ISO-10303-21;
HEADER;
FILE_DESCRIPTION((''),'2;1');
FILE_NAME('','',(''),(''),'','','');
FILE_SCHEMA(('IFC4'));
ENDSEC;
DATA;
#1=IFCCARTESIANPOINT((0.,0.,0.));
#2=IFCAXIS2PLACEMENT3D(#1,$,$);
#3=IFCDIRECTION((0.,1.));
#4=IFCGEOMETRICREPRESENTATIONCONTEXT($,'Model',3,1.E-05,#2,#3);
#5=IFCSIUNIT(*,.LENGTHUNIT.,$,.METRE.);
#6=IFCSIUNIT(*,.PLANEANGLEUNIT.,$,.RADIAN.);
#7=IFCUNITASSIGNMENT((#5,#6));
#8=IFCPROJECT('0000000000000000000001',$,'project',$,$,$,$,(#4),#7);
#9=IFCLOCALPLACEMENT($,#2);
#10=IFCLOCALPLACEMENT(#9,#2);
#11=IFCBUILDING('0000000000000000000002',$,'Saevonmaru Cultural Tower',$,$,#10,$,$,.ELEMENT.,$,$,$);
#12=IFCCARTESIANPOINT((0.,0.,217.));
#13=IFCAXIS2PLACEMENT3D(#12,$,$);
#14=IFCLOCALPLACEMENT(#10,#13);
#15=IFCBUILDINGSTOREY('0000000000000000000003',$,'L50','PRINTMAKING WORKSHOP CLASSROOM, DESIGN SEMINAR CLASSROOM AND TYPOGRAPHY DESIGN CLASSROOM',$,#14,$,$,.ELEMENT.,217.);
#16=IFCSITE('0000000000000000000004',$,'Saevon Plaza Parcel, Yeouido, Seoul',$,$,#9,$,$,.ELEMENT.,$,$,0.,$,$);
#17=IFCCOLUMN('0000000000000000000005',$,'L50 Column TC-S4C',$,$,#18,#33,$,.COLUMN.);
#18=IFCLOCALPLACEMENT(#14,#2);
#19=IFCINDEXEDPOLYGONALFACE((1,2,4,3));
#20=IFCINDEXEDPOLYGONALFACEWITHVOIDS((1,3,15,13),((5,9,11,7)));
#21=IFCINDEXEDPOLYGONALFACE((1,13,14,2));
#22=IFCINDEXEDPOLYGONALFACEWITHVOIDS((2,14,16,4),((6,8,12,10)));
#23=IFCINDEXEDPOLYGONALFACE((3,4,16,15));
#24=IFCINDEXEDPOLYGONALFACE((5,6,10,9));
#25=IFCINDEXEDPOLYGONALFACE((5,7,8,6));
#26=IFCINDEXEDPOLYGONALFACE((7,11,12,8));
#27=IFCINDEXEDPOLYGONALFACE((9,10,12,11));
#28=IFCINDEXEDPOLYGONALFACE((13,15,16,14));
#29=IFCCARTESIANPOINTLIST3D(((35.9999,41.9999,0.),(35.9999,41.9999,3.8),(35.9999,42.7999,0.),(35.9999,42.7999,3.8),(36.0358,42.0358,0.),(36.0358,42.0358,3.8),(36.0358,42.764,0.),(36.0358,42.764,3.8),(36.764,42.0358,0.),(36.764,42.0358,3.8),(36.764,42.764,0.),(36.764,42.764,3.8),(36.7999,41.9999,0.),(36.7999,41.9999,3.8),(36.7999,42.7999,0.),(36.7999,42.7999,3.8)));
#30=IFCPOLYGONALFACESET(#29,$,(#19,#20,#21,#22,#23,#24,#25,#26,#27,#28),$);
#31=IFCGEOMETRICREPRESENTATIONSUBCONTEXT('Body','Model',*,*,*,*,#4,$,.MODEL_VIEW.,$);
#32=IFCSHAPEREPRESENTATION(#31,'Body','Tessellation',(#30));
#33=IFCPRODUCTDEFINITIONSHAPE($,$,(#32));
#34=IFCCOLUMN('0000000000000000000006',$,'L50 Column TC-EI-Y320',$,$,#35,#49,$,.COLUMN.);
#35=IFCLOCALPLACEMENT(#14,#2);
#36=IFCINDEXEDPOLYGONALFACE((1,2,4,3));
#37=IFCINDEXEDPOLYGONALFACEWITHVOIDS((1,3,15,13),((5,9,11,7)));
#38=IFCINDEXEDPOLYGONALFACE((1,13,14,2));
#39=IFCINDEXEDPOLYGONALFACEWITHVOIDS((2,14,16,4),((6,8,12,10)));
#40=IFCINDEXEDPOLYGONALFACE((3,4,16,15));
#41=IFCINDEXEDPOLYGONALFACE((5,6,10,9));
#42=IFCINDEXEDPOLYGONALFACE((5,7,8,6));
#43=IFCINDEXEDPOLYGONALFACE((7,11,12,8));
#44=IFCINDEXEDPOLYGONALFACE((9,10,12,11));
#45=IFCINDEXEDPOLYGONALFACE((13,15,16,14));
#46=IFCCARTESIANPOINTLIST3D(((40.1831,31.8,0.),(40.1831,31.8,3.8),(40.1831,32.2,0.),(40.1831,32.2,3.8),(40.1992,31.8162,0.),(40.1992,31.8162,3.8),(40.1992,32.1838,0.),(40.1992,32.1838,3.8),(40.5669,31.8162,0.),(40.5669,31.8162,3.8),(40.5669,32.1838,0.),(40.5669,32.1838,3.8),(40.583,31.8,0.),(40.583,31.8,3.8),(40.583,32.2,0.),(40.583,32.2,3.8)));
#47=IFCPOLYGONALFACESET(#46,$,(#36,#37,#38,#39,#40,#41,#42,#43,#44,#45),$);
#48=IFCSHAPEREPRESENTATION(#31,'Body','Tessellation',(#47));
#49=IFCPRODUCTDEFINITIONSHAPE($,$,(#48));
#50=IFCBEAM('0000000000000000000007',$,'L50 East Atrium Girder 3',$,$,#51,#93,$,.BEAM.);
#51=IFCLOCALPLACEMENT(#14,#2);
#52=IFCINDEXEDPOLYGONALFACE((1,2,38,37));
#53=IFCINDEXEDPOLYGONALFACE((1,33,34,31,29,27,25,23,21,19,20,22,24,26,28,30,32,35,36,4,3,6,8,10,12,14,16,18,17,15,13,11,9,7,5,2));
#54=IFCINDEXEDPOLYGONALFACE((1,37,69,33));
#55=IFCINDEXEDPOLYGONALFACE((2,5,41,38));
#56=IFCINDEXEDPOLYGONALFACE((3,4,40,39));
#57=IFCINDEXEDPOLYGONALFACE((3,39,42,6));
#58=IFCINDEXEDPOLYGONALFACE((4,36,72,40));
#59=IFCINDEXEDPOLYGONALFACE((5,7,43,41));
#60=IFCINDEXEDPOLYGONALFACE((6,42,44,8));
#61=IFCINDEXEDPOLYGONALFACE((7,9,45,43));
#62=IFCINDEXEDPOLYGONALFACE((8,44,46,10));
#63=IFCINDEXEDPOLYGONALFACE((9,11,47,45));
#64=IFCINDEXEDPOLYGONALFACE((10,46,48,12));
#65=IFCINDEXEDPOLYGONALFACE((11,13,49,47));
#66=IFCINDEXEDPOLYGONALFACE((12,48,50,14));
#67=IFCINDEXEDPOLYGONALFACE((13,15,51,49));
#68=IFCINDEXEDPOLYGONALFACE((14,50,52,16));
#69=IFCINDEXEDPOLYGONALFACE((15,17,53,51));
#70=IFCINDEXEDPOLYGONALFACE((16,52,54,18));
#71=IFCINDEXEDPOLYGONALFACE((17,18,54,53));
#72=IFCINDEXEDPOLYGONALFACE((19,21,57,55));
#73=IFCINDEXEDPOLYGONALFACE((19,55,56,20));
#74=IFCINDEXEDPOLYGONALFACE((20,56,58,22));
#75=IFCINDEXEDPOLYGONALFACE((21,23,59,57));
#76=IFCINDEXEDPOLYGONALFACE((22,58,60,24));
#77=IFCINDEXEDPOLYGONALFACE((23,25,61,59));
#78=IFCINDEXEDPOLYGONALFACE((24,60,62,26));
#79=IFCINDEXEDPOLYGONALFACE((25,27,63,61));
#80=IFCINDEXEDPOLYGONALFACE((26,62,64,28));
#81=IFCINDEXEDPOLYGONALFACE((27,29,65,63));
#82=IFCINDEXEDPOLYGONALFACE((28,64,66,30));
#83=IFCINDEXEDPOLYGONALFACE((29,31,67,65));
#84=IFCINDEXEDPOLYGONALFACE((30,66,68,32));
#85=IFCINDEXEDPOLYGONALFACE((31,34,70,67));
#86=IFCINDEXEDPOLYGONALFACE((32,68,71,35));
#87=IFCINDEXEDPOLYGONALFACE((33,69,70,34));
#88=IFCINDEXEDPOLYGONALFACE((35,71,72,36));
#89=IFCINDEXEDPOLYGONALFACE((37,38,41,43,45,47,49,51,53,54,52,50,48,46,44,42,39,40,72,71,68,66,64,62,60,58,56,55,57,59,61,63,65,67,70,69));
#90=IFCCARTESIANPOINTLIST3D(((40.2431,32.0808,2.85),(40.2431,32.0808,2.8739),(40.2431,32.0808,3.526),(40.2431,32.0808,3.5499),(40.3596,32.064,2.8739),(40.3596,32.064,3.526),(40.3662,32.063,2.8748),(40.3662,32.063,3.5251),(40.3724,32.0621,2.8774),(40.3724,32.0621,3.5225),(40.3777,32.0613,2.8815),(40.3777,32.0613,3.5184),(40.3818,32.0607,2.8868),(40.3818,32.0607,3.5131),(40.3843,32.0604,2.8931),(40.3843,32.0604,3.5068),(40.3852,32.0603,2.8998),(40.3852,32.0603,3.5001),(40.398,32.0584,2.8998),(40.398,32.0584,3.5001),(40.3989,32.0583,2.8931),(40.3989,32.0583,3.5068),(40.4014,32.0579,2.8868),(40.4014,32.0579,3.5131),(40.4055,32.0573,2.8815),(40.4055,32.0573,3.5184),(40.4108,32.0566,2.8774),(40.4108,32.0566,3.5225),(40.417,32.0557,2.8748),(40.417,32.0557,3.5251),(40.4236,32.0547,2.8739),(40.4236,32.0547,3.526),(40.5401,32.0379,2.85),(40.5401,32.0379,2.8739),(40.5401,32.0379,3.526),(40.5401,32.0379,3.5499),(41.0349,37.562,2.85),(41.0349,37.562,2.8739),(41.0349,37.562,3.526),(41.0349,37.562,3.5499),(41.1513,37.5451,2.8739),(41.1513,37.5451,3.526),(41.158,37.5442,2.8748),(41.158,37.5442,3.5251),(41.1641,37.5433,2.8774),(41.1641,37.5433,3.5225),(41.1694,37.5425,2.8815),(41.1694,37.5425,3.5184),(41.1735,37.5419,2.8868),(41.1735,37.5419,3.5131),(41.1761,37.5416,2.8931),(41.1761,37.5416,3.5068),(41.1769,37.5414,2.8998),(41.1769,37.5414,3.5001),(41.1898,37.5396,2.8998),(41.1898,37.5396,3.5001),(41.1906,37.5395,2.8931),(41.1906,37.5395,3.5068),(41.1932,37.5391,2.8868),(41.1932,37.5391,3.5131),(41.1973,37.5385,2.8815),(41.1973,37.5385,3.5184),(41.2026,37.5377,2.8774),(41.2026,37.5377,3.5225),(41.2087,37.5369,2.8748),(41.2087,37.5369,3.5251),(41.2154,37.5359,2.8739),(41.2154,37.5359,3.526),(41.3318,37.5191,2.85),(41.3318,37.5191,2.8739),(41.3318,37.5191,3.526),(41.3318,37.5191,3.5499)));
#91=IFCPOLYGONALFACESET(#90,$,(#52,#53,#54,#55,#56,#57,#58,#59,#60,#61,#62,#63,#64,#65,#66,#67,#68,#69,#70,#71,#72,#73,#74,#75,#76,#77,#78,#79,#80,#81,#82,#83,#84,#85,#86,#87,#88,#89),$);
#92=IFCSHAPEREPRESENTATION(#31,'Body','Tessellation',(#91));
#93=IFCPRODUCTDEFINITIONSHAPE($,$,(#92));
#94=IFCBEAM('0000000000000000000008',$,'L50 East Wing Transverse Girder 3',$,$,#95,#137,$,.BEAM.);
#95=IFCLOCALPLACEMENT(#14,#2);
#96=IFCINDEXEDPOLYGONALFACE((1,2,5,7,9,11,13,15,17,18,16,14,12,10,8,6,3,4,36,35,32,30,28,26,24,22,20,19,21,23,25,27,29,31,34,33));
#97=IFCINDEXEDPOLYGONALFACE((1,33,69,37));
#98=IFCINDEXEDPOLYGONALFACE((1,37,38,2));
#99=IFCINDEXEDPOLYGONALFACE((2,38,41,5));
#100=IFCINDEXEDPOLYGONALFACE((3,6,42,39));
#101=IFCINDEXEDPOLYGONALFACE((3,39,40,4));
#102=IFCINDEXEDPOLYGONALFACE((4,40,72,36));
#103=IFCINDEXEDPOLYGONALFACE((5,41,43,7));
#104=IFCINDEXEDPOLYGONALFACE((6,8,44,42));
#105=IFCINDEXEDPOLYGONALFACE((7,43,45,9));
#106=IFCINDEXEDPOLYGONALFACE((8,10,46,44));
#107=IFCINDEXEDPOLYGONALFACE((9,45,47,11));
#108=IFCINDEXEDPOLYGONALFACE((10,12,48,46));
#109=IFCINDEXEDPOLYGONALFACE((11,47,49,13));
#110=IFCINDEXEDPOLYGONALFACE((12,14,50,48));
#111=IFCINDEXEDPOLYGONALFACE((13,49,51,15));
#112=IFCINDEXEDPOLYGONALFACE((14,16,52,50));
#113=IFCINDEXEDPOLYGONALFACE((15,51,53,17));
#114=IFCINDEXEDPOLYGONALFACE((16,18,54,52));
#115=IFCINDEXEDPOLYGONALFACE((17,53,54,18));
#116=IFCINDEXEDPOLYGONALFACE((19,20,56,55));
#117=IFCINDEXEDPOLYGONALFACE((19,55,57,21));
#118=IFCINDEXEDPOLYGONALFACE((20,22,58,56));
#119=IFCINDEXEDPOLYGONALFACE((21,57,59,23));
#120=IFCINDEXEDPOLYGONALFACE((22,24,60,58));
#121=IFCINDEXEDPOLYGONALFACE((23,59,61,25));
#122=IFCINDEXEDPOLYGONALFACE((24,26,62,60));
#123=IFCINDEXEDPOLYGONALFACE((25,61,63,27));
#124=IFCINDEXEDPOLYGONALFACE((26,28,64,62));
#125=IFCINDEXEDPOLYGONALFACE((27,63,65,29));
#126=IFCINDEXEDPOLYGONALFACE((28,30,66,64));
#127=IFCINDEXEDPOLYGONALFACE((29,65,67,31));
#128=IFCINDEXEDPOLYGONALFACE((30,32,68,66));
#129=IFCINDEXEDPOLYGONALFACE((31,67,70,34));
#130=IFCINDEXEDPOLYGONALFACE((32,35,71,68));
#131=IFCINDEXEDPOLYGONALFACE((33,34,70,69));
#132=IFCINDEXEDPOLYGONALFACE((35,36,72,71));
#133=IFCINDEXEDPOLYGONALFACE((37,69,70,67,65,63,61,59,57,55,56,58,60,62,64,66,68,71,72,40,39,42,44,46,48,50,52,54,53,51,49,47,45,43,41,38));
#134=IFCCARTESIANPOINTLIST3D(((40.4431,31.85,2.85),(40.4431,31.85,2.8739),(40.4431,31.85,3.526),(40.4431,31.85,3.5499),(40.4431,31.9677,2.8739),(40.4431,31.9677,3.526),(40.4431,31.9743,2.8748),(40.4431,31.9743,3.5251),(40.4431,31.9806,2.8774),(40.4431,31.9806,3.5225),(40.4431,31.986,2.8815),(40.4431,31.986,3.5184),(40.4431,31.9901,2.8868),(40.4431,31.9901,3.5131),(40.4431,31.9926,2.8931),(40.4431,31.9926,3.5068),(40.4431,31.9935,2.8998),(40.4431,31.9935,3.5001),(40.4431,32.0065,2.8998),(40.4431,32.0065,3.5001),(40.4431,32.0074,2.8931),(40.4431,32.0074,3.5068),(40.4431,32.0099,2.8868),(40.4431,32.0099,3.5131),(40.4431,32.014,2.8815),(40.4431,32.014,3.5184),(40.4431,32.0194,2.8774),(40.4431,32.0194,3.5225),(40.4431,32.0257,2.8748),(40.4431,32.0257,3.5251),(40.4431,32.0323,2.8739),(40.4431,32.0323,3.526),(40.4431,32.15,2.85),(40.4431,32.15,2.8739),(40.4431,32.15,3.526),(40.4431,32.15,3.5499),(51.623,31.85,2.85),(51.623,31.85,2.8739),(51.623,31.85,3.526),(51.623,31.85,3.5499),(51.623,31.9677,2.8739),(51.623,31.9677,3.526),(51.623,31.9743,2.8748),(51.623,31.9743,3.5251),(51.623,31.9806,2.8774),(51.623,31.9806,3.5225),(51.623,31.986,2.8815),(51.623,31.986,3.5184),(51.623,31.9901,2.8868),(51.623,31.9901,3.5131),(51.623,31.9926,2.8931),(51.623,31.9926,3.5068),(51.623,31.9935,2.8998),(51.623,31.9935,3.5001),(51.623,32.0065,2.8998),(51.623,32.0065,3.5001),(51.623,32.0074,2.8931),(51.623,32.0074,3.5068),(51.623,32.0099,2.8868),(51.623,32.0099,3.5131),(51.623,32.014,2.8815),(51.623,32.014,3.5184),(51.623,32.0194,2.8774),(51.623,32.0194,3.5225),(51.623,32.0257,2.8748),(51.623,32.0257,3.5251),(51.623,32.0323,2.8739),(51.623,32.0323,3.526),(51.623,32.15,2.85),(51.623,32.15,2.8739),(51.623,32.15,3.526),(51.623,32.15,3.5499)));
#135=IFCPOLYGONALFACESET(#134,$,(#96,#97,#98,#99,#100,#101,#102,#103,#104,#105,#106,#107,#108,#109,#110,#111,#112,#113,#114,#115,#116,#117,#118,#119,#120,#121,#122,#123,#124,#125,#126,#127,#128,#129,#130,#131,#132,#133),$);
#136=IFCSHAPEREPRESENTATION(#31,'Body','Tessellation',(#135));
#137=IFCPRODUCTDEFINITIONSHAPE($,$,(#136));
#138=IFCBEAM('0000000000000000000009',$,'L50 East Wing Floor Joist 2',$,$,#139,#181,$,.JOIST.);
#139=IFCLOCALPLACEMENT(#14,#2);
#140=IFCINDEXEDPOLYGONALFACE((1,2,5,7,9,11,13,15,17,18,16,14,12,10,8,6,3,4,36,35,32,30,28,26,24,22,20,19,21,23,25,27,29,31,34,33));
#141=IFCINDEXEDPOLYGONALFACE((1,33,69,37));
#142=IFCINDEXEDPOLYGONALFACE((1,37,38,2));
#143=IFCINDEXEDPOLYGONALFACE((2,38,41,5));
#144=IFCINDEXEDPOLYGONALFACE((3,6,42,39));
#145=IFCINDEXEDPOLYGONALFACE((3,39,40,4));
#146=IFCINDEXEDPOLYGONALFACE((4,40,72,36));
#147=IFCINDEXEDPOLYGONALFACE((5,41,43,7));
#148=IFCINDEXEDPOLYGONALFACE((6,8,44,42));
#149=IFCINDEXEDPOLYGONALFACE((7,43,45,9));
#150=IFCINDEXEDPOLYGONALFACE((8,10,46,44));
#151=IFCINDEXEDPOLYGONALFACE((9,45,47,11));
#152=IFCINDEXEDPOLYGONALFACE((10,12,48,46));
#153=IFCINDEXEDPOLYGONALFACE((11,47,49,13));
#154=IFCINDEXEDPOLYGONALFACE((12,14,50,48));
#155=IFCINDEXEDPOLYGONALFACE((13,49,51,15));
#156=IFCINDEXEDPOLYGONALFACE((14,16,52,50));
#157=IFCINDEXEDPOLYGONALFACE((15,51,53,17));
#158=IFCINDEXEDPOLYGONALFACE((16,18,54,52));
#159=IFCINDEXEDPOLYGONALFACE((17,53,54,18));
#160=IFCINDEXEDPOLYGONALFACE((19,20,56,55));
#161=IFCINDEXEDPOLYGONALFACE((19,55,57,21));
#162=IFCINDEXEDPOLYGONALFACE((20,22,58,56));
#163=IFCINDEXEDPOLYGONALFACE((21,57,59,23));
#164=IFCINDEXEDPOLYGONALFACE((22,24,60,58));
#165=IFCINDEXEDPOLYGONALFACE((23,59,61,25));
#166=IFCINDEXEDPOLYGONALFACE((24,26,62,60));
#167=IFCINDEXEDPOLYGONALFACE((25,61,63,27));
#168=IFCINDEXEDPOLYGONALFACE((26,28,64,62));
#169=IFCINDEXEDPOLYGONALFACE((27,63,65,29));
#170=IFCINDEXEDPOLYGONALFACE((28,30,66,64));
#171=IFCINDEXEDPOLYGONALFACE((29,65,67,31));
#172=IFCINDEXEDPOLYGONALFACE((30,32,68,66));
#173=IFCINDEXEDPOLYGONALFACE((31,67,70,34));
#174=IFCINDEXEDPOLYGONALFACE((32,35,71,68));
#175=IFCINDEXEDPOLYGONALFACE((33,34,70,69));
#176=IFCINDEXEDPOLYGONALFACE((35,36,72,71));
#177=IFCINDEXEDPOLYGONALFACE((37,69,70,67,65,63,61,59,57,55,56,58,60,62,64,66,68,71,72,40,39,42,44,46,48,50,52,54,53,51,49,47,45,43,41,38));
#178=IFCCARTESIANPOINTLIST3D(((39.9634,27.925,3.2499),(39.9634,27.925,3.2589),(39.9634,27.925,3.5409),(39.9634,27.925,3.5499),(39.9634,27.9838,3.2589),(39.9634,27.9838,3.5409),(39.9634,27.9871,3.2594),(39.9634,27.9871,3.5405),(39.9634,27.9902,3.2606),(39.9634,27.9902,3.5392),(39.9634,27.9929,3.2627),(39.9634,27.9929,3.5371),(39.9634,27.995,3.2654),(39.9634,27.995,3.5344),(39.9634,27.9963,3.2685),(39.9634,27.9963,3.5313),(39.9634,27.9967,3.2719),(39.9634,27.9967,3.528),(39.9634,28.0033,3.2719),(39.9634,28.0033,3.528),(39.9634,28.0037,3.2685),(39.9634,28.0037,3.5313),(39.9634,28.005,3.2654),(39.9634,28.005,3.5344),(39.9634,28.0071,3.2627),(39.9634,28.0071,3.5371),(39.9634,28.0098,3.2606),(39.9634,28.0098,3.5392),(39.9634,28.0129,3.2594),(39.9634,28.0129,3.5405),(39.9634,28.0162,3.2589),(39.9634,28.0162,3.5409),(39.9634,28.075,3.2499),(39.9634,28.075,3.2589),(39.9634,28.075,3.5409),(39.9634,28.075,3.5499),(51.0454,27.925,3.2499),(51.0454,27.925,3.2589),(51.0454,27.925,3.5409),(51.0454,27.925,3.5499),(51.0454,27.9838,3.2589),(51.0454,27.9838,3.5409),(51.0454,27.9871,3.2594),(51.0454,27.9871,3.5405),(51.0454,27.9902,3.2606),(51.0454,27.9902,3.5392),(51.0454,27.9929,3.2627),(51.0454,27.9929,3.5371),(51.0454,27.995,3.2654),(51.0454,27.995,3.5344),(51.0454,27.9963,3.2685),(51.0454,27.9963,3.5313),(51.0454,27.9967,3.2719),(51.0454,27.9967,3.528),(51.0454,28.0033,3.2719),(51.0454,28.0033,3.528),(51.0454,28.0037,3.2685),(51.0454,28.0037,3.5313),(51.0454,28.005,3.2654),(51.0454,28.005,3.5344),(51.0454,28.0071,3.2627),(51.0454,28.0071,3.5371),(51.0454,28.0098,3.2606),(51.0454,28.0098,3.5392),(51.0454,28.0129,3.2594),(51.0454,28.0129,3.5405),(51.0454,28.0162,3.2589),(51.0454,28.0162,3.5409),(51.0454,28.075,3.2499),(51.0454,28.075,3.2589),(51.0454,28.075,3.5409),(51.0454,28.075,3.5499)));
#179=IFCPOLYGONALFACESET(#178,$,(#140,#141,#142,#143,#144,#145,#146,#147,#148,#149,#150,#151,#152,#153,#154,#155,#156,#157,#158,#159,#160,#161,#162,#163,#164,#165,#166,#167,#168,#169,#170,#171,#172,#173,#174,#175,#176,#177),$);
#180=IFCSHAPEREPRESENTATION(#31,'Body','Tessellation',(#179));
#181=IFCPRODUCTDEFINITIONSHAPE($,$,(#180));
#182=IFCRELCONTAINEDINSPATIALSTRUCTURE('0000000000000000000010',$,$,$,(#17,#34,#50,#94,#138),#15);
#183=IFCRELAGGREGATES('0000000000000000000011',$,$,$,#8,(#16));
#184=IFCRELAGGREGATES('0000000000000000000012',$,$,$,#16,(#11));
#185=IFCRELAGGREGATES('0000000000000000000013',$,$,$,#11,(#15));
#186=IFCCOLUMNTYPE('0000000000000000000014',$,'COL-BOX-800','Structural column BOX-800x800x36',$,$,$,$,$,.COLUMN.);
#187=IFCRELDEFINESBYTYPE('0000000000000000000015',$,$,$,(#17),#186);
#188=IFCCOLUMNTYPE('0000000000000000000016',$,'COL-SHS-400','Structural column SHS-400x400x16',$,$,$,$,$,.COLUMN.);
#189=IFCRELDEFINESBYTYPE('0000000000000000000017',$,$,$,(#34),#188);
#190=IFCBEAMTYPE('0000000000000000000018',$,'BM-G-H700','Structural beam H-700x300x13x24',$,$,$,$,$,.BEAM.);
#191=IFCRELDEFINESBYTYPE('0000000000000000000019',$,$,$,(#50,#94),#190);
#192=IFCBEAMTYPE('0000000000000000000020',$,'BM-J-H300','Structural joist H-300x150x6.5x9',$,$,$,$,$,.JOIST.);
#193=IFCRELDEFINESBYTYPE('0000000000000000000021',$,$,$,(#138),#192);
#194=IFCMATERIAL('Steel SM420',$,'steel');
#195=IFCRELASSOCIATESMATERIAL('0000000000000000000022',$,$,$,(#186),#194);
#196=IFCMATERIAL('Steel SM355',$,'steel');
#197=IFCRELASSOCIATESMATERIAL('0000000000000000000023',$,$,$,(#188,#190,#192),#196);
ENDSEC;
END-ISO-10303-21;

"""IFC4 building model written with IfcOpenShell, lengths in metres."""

from ifc_helpers import new_model, si_unit, direction, frame, origin, origin_2d, place, context, subcontext, project, spatial, hollow_rectangle, i_section, extrude, material, material_profile, profile_set, type_object, element, save


model = new_model("IFC4")

# Units and contexts
model_context = context("Model", 3, precision=1e-05, world=origin(), true_north=direction((0.0, 1.0)))
body_context = subcontext(model_context, "Body", "Model", "MODEL_VIEW")
ifc_project = project(units=[si_unit("LENGTHUNIT", "METRE"), si_unit("PLANEANGLEUNIT", "RADIAN")], contexts=[model_context])

# Site, building, storey
site_placement = place(None, origin())
site = spatial("IfcSite", under=ifc_project, at=site_placement, Name="Saevon Plaza Parcel, Yeouido, Seoul", CompositionType="ELEMENT", RefElevation=0.0)
building_placement = place(site_placement, origin())
building = spatial("IfcBuilding", under=site, at=building_placement, Name="Saevonmaru Cultural Tower", CompositionType="ELEMENT")
storey_placement = place(building_placement, frame((0.0, 0.0, 217.0)))
storey = spatial("IfcBuildingStorey", under=building, at=storey_placement, Name="L50", Description="PRINTMAKING WORKSHOP CLASSROOM, DESIGN SEMINAR CLASSROOM AND TYPOGRAPHY DESIGN CLASSROOM", CompositionType="ELEMENT", Elevation=217.0)

# Columns
ifc_material_1 = material(Name="Steel SM420", Category="steel")
ifc_material_profile_1 = material_profile(ifc_material_1, hollow_rectangle(XDim=0.8, YDim=0.8, WallThickness=0.0359, at=origin_2d()), Name="BOX-800x800x36")
ifc_profile_set_1 = profile_set([ifc_material_profile_1], Name="Steel SM420")
column_type_1 = type_object("IfcColumnType", Name="COL-BOX-800", Description="Structural column BOX-800x800x36", PredefinedType="COLUMN", material=ifc_profile_set_1)
column_1_placement = place(storey_placement, frame((36.3999, 42.3999, 0.0), z_axis=(0.0, 0.0, 1.0), x_axis=(1.0, 0.0, 0.0)))
element("IfcColumn", 1, at=column_1_placement, inside=storey, type_object=column_type_1, Name="L50 Column TC-S4C", PredefinedType="COLUMN", context=body_context, shape_type="SweptSolid", body=[
    extrude(hollow_rectangle(XDim=0.8, YDim=0.8, WallThickness=0.0359, at=origin_2d()), origin(), (0.0, 0.0, 1.0), 3.8),
])
ifc_material_2 = material(Name="Steel SM355", Category="steel")
ifc_material_profile_2 = material_profile(ifc_material_2, hollow_rectangle(XDim=0.3999, YDim=0.3999, WallThickness=0.0161, at=origin_2d()), Name="SHS-400x400x16")
ifc_profile_set_2 = profile_set([ifc_material_profile_2], Name="Steel SM355")
column_type_2 = type_object("IfcColumnType", Name="COL-SHS-400", Description="Structural column SHS-400x400x16", PredefinedType="COLUMN", material=ifc_profile_set_2)
column_2_placement = place(storey_placement, frame((40.3831, 32.0, 0.0), z_axis=(0.0, 0.0, 1.0), x_axis=(1.0, 0.0, 0.0)))
element("IfcColumn", 2, at=column_2_placement, inside=storey, type_object=column_type_2, Name="L50 Column TC-EI-Y320", PredefinedType="COLUMN", context=body_context, shape_type="SweptSolid", body=[
    extrude(hollow_rectangle(XDim=0.3999, YDim=0.3999, WallThickness=0.0161, at=origin_2d()), origin(), (0.0, 0.0, 1.0), 3.8),
])

# Beams
ifc_material_profile_3 = material_profile(ifc_material_2, i_section(OverallWidth=0.3, OverallDepth=0.7, WebThickness=0.0129, FlangeThickness=0.0239, FilletRadius=0.0259, at=origin_2d()), Name="H-700x300x13x24")
ifc_profile_set_3 = profile_set([ifc_material_profile_3], Name="Steel SM355")
beam_type_1 = type_object("IfcBeamType", Name="BM-G-H700", Description="Structural beam H-700x300x13x24", PredefinedType="BEAM", material=ifc_profile_set_3)
beam_1_placement = place(storey_placement, frame((40.3916, 32.0593, 3.2), z_axis=(0.142964, 0.989728, 0.0), x_axis=(-0.989728, 0.142964, 0.0)))
element("IfcBeam", 3, at=beam_1_placement, inside=storey, type_object=beam_type_1, Name="L50 East Atrium Girder 3", PredefinedType="BEAM", context=body_context, shape_type="SweptSolid", body=[
    extrude(i_section(OverallWidth=0.3, OverallDepth=0.7, WebThickness=0.0129, FlangeThickness=0.0239, FilletRadius=0.0259, at=origin_2d()), origin(), (0.0, 0.0, 1.0), 5.5381),
])
beam_2_placement = place(storey_placement, frame((40.4431, 32.0, 3.2), z_axis=(1.0, 0.0, 0.0), x_axis=(0.0, 1.0, 0.0)))
element("IfcBeam", 4, at=beam_2_placement, inside=storey, type_object=beam_type_1, Name="L50 East Wing Transverse Girder 3", PredefinedType="BEAM", context=body_context, shape_type="SweptSolid", body=[
    extrude(i_section(OverallWidth=0.3, OverallDepth=0.7, WebThickness=0.0129, FlangeThickness=0.0239, FilletRadius=0.0259, at=origin_2d()), origin(), (0.0, 0.0, 1.0), 11.1799),
])
ifc_material_profile_4 = material_profile(ifc_material_2, i_section(OverallWidth=0.1499, OverallDepth=0.3, WebThickness=0.0066, FlangeThickness=0.009, FilletRadius=0.0129, at=origin_2d()), Name="H-300x150x6.5x9")
ifc_profile_set_4 = profile_set([ifc_material_profile_4], Name="Steel SM355")
beam_type_2 = type_object("IfcBeamType", Name="BM-J-H300", Description="Structural joist H-300x150x6.5x9", PredefinedType="JOIST", material=ifc_profile_set_4)
beam_3_placement = place(storey_placement, frame((39.9634, 28.0, 3.3999), z_axis=(1.0, 0.0, 0.0), x_axis=(0.0, 1.0, 0.0)))
element("IfcBeam", 5, at=beam_3_placement, inside=storey, type_object=beam_type_2, Name="L50 East Wing Floor Joist 2", PredefinedType="JOIST", context=body_context, shape_type="SweptSolid", body=[
    extrude(i_section(OverallWidth=0.1499, OverallDepth=0.3, WebThickness=0.0066, FlangeThickness=0.009, FilletRadius=0.0129, at=origin_2d()), origin(), (0.0, 0.0, 1.0), 11.082),
])

save(model, "model.ifc")
